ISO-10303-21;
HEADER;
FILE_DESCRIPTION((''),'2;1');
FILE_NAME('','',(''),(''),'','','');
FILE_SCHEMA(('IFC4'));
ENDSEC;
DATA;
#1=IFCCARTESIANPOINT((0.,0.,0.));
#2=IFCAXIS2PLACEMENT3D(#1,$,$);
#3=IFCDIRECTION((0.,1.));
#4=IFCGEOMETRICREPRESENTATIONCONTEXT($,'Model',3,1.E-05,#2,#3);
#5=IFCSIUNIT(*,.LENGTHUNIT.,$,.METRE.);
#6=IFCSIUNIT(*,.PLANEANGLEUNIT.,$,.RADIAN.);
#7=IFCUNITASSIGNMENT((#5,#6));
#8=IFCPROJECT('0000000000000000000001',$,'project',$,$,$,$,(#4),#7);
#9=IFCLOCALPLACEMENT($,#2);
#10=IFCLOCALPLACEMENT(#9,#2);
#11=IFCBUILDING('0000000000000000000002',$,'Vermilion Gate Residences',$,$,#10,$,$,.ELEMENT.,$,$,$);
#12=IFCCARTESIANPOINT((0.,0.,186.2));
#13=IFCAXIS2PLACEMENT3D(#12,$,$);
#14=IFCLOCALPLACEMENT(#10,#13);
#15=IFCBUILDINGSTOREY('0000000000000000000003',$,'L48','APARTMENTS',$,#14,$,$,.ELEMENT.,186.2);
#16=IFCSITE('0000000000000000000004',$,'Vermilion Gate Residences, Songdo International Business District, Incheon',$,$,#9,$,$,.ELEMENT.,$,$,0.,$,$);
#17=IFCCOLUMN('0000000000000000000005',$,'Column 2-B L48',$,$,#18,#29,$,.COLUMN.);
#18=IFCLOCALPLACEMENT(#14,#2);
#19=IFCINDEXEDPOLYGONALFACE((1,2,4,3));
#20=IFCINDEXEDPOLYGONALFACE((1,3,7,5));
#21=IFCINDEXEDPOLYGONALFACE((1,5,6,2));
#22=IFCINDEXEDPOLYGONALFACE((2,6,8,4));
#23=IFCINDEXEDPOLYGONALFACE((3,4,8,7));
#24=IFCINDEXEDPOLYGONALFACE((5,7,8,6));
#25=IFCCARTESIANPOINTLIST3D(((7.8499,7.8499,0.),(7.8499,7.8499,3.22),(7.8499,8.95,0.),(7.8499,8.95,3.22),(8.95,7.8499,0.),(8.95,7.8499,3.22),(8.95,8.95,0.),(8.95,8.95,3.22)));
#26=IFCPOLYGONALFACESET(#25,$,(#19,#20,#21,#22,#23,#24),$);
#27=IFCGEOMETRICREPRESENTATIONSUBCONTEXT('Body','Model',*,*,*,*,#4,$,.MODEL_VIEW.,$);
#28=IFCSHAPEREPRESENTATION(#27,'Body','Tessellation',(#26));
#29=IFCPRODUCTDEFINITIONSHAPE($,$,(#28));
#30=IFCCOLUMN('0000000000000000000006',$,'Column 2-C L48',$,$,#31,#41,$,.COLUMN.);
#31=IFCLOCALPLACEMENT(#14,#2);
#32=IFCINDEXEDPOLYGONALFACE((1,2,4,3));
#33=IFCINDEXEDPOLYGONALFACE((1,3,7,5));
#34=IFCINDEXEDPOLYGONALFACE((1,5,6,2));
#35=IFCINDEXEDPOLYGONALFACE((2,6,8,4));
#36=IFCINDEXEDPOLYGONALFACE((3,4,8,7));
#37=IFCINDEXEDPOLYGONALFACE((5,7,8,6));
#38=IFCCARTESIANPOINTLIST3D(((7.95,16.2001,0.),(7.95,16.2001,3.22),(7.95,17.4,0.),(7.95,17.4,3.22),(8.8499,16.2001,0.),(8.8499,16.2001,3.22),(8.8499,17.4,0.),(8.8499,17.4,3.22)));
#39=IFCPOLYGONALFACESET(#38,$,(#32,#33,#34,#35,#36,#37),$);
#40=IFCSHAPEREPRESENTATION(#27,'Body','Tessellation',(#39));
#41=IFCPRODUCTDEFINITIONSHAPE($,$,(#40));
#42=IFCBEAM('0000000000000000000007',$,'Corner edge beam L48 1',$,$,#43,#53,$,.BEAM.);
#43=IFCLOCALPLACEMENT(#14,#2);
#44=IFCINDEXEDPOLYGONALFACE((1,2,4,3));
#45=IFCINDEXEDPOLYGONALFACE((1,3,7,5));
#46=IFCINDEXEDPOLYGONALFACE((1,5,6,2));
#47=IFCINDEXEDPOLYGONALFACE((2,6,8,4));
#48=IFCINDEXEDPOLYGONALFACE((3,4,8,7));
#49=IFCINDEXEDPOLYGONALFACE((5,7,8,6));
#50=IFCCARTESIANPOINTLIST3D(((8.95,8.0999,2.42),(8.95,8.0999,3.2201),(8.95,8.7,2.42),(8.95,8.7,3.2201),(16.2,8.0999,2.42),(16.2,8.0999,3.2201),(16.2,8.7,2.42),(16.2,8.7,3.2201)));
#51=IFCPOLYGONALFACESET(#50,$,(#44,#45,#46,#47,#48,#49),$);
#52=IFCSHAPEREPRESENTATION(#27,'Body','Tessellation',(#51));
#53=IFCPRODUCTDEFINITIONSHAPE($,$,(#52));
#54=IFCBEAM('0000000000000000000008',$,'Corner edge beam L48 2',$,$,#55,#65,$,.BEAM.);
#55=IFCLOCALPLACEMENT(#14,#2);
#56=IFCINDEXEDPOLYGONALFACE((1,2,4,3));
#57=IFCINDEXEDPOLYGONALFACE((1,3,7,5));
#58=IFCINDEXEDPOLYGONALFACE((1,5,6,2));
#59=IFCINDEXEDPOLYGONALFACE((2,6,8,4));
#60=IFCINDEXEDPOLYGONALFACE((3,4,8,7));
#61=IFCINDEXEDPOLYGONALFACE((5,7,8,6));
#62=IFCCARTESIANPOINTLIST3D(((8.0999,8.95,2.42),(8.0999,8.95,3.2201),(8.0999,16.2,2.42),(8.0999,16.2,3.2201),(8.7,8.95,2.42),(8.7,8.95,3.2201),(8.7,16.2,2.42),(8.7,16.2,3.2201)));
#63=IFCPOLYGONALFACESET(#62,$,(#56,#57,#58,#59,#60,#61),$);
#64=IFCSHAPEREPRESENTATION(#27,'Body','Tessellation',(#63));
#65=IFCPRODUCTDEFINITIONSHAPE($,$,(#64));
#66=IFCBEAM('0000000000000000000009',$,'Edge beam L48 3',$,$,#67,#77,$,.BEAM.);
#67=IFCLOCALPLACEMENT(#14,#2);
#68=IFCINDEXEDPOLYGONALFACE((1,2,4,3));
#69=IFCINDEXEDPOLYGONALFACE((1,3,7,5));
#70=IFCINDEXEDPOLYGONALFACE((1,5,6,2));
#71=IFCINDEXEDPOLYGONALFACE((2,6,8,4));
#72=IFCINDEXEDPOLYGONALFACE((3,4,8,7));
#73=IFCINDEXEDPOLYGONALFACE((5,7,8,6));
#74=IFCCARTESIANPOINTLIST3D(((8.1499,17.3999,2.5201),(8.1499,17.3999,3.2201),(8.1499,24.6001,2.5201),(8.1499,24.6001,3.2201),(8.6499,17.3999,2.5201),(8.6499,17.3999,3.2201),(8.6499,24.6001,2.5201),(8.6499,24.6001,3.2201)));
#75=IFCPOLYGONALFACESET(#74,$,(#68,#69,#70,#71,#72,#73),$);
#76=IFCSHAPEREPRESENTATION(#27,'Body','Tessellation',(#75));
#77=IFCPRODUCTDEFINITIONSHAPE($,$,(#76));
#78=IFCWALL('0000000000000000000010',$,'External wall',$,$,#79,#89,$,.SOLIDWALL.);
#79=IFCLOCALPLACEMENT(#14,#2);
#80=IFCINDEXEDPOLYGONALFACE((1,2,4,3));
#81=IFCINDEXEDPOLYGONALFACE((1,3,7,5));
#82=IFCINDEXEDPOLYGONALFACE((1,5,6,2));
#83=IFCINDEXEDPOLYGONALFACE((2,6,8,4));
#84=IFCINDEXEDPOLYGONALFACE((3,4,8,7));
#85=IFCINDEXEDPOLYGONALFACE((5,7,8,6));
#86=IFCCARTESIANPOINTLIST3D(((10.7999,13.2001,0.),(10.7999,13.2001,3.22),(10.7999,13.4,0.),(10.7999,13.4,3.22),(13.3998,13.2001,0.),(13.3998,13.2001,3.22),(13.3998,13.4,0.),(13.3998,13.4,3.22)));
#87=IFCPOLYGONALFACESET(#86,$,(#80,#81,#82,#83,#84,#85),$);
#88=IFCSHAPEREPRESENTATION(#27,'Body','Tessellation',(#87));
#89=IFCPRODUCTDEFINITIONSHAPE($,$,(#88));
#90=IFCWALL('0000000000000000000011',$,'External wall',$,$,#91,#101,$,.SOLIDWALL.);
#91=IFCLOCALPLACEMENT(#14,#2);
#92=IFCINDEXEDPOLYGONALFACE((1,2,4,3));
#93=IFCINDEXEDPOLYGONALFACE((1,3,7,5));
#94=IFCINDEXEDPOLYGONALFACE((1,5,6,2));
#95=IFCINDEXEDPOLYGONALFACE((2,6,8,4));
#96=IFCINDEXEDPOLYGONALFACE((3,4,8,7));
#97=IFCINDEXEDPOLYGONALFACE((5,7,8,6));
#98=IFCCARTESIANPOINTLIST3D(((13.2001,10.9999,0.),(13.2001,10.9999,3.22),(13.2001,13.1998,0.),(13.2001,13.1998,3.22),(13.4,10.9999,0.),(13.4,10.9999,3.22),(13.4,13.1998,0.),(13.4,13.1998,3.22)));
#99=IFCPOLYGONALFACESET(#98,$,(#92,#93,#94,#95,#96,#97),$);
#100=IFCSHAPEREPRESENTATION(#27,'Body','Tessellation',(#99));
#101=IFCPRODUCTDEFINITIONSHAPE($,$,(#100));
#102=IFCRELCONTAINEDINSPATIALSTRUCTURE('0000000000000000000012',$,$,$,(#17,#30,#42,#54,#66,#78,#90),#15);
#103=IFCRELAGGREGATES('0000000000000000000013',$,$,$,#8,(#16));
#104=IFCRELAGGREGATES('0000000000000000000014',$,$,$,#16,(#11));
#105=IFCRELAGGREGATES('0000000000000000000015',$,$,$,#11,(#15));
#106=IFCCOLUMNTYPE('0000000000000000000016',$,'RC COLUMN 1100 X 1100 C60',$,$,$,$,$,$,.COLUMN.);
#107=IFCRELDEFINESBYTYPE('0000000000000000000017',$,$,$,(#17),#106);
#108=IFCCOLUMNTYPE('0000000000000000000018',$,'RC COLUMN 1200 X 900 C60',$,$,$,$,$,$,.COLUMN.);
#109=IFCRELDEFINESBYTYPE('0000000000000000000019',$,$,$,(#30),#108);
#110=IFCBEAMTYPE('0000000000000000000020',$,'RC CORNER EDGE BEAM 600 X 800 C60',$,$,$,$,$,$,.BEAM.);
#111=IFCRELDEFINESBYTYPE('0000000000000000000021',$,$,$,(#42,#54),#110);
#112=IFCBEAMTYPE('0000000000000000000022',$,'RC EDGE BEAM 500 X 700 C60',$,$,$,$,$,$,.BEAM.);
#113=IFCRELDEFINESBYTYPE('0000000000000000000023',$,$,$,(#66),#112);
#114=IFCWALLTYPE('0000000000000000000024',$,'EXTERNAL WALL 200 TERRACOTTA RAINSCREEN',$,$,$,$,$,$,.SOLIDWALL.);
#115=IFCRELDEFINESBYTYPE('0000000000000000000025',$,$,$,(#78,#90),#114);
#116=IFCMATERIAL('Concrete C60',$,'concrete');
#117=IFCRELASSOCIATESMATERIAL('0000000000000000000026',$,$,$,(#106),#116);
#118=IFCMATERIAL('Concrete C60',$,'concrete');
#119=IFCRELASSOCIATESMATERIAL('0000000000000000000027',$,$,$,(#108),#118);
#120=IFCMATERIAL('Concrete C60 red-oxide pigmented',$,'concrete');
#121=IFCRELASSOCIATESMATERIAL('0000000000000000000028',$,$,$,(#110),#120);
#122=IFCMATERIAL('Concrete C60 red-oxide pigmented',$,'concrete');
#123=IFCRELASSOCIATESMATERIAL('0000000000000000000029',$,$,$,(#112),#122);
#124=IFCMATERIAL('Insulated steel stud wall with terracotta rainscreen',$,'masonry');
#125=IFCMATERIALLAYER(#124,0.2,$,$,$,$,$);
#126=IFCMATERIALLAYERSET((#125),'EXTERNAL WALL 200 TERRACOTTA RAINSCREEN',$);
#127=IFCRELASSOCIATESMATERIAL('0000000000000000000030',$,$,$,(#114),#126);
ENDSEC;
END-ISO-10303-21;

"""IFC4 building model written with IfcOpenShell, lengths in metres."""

from ifc_helpers import new_model, si_unit, direction, frame, frame_2d, origin, origin_2d, place, context, subcontext, project, spatial, rectangle, extrude, material, layer, layer_set, material_profile, profile_set, type_object, element, save


model = new_model("IFC4")

# Units and contexts
model_context = context("Model", 3, precision=1e-05, world=origin(), true_north=direction((0.0, 1.0)))
body_context = subcontext(model_context, "Body", "Model", "MODEL_VIEW")
ifc_project = project(units=[si_unit("LENGTHUNIT", "METRE"), si_unit("PLANEANGLEUNIT", "RADIAN")], contexts=[model_context])

# Site, building, storey
site_placement = place(None, origin())
site = spatial("IfcSite", under=ifc_project, at=site_placement, Name="Vermilion Gate Residences, Songdo International Business District, Incheon", CompositionType="ELEMENT", RefElevation=0.0)
building_placement = place(site_placement, origin())
building = spatial("IfcBuilding", under=site, at=building_placement, Name="Vermilion Gate Residences", CompositionType="ELEMENT")
storey_placement = place(building_placement, frame((0.0, 0.0, 186.2)))
storey = spatial("IfcBuildingStorey", under=building, at=storey_placement, Name="L48", Description="APARTMENTS", CompositionType="ELEMENT", Elevation=186.2)

# Columns
ifc_material_1 = material(Name="Concrete C60", Category="concrete")
ifc_material_profile_1 = material_profile(ifc_material_1, rectangle(XDim=1.1001, YDim=1.1001, at=origin_2d()), Name="RC-1100x1100")
ifc_profile_set_1 = profile_set([ifc_material_profile_1], Name="Concrete C60")
column_type_1 = type_object("IfcColumnType", Name="RC COLUMN 1100 X 1100 C60", PredefinedType="COLUMN", material=ifc_profile_set_1)
column_1_placement = place(storey_placement, frame((8.3999, 8.3999, 0.0), z_axis=(0.0, 0.0, 1.0), x_axis=(1.0, 0.0, 0.0)))
element("IfcColumn", 1, at=column_1_placement, inside=storey, type_object=column_type_1, Name="Column 2-B L48", PredefinedType="COLUMN", context=body_context, shape_type="SweptSolid", body=[
    extrude(rectangle(XDim=1.1001, YDim=1.1001, at=origin_2d()), origin(), (0.0, 0.0, 1.0), 3.22),
])
ifc_material_2 = material(Name="Concrete C60", Category="concrete")
ifc_material_profile_2 = material_profile(ifc_material_2, rectangle(XDim=1.2, YDim=0.8999, at=origin_2d()), Name="RC-1200x900")
ifc_profile_set_2 = profile_set([ifc_material_profile_2], Name="Concrete C60")
column_type_2 = type_object("IfcColumnType", Name="RC COLUMN 1200 X 900 C60", PredefinedType="COLUMN", material=ifc_profile_set_2)
column_2_placement = place(storey_placement, frame((8.3999, 16.8, 0.0), z_axis=(0.0, 0.0, 1.0), x_axis=(0.0, 1.0, 0.0)))
element("IfcColumn", 2, at=column_2_placement, inside=storey, type_object=column_type_2, Name="Column 2-C L48", PredefinedType="COLUMN", context=body_context, shape_type="SweptSolid", body=[
    extrude(rectangle(XDim=1.2, YDim=0.8999, at=origin_2d()), origin(), (0.0, 0.0, 1.0), 3.22),
])

# Beams
ifc_material_3 = material(Name="Concrete C60 red-oxide pigmented", Category="concrete")
ifc_material_profile_3 = material_profile(ifc_material_3, rectangle(XDim=0.6001, YDim=0.8, at=origin_2d()), Name="RC-600x800")
ifc_profile_set_3 = profile_set([ifc_material_profile_3], Name="Concrete C60 red-oxide pigmented")
beam_type_1 = type_object("IfcBeamType", Name="RC CORNER EDGE BEAM 600 X 800 C60", PredefinedType="BEAM", material=ifc_profile_set_3)
for number, where, z_axis, x_axis, name in (
    (3, (8.95, 8.3999, 2.8201), (1.0, 0.0, 0.0), (0.0, 1.0, 0.0), "Corner edge beam L48 1"),
    (4, (8.3999, 8.95, 2.8201), (0.0, 1.0, 0.0), (-1.0, 0.0, 0.0), "Corner edge beam L48 2"),
):
    element("IfcBeam", number, at=place(storey_placement, frame(where, z_axis=z_axis, x_axis=x_axis)), inside=storey, type_object=beam_type_1, Name=name, PredefinedType="BEAM", context=body_context, shape_type="SweptSolid", body=[
        extrude(rectangle(XDim=0.6001, YDim=0.8, at=origin_2d()), origin(), (0.0, 0.0, 1.0), 7.25),
    ])
ifc_material_4 = material(Name="Concrete C60 red-oxide pigmented", Category="concrete")
ifc_material_profile_4 = material_profile(ifc_material_4, rectangle(XDim=0.5, YDim=0.7, at=origin_2d()), Name="RC-500x700")
ifc_profile_set_4 = profile_set([ifc_material_profile_4], Name="Concrete C60 red-oxide pigmented")
beam_type_2 = type_object("IfcBeamType", Name="RC EDGE BEAM 500 X 700 C60", PredefinedType="BEAM", material=ifc_profile_set_4)
beam_placement = place(storey_placement, frame((8.3999, 17.3999, 2.8701), z_axis=(0.0, 1.0, 0.0), x_axis=(-1.0, 0.0, 0.0)))
element("IfcBeam", 5, at=beam_placement, inside=storey, type_object=beam_type_2, Name="Edge beam L48 3", PredefinedType="BEAM", context=body_context, shape_type="SweptSolid", body=[
    extrude(rectangle(XDim=0.5, YDim=0.7, at=origin_2d()), origin(), (0.0, 0.0, 1.0), 7.2002),
])

# Walls
ifc_material_5 = material(Name="Insulated steel stud wall with terracotta rainscreen", Category="masonry")
ifc_layer_1 = layer(ifc_material_5, 0.2)
ifc_layer_set_1 = layer_set([ifc_layer_1], Name="EXTERNAL WALL 200 TERRACOTTA RAINSCREEN")
wall_type_1 = type_object("IfcWallType", Name="EXTERNAL WALL 200 TERRACOTTA RAINSCREEN", PredefinedType="SOLIDWALL", material=ifc_layer_set_1)
wall_1_placement = place(storey_placement, frame((10.8, 13.3, 0.0), z_axis=(0.0, 0.0, 1.0), x_axis=(1.0, 0.0, 0.0)))
element("IfcWall", 6, at=wall_1_placement, inside=storey, type_object=wall_type_1, Name="External wall", PredefinedType="SOLIDWALL", context=body_context, shape_type="SweptSolid", body=[
    extrude(rectangle(XDim=2.5999, YDim=0.2, at=frame_2d((1.2998, 0.0))), origin(), (0.0, 0.0, 1.0), 3.22),
])
wall_2_placement = place(storey_placement, frame((13.3, 13.2, 0.0), z_axis=(0.0, 0.0, 1.0), x_axis=(0.0, -1.0, 0.0)))
element("IfcWall", 7, at=wall_2_placement, inside=storey, type_object=wall_type_1, Name="External wall", PredefinedType="SOLIDWALL", context=body_context, shape_type="SweptSolid", body=[
    extrude(rectangle(XDim=2.2, YDim=0.2, at=frame_2d((1.1001, 0.0))), origin(), (0.0, 0.0, 1.0), 3.22),
])

save(model, "model.ifc")
